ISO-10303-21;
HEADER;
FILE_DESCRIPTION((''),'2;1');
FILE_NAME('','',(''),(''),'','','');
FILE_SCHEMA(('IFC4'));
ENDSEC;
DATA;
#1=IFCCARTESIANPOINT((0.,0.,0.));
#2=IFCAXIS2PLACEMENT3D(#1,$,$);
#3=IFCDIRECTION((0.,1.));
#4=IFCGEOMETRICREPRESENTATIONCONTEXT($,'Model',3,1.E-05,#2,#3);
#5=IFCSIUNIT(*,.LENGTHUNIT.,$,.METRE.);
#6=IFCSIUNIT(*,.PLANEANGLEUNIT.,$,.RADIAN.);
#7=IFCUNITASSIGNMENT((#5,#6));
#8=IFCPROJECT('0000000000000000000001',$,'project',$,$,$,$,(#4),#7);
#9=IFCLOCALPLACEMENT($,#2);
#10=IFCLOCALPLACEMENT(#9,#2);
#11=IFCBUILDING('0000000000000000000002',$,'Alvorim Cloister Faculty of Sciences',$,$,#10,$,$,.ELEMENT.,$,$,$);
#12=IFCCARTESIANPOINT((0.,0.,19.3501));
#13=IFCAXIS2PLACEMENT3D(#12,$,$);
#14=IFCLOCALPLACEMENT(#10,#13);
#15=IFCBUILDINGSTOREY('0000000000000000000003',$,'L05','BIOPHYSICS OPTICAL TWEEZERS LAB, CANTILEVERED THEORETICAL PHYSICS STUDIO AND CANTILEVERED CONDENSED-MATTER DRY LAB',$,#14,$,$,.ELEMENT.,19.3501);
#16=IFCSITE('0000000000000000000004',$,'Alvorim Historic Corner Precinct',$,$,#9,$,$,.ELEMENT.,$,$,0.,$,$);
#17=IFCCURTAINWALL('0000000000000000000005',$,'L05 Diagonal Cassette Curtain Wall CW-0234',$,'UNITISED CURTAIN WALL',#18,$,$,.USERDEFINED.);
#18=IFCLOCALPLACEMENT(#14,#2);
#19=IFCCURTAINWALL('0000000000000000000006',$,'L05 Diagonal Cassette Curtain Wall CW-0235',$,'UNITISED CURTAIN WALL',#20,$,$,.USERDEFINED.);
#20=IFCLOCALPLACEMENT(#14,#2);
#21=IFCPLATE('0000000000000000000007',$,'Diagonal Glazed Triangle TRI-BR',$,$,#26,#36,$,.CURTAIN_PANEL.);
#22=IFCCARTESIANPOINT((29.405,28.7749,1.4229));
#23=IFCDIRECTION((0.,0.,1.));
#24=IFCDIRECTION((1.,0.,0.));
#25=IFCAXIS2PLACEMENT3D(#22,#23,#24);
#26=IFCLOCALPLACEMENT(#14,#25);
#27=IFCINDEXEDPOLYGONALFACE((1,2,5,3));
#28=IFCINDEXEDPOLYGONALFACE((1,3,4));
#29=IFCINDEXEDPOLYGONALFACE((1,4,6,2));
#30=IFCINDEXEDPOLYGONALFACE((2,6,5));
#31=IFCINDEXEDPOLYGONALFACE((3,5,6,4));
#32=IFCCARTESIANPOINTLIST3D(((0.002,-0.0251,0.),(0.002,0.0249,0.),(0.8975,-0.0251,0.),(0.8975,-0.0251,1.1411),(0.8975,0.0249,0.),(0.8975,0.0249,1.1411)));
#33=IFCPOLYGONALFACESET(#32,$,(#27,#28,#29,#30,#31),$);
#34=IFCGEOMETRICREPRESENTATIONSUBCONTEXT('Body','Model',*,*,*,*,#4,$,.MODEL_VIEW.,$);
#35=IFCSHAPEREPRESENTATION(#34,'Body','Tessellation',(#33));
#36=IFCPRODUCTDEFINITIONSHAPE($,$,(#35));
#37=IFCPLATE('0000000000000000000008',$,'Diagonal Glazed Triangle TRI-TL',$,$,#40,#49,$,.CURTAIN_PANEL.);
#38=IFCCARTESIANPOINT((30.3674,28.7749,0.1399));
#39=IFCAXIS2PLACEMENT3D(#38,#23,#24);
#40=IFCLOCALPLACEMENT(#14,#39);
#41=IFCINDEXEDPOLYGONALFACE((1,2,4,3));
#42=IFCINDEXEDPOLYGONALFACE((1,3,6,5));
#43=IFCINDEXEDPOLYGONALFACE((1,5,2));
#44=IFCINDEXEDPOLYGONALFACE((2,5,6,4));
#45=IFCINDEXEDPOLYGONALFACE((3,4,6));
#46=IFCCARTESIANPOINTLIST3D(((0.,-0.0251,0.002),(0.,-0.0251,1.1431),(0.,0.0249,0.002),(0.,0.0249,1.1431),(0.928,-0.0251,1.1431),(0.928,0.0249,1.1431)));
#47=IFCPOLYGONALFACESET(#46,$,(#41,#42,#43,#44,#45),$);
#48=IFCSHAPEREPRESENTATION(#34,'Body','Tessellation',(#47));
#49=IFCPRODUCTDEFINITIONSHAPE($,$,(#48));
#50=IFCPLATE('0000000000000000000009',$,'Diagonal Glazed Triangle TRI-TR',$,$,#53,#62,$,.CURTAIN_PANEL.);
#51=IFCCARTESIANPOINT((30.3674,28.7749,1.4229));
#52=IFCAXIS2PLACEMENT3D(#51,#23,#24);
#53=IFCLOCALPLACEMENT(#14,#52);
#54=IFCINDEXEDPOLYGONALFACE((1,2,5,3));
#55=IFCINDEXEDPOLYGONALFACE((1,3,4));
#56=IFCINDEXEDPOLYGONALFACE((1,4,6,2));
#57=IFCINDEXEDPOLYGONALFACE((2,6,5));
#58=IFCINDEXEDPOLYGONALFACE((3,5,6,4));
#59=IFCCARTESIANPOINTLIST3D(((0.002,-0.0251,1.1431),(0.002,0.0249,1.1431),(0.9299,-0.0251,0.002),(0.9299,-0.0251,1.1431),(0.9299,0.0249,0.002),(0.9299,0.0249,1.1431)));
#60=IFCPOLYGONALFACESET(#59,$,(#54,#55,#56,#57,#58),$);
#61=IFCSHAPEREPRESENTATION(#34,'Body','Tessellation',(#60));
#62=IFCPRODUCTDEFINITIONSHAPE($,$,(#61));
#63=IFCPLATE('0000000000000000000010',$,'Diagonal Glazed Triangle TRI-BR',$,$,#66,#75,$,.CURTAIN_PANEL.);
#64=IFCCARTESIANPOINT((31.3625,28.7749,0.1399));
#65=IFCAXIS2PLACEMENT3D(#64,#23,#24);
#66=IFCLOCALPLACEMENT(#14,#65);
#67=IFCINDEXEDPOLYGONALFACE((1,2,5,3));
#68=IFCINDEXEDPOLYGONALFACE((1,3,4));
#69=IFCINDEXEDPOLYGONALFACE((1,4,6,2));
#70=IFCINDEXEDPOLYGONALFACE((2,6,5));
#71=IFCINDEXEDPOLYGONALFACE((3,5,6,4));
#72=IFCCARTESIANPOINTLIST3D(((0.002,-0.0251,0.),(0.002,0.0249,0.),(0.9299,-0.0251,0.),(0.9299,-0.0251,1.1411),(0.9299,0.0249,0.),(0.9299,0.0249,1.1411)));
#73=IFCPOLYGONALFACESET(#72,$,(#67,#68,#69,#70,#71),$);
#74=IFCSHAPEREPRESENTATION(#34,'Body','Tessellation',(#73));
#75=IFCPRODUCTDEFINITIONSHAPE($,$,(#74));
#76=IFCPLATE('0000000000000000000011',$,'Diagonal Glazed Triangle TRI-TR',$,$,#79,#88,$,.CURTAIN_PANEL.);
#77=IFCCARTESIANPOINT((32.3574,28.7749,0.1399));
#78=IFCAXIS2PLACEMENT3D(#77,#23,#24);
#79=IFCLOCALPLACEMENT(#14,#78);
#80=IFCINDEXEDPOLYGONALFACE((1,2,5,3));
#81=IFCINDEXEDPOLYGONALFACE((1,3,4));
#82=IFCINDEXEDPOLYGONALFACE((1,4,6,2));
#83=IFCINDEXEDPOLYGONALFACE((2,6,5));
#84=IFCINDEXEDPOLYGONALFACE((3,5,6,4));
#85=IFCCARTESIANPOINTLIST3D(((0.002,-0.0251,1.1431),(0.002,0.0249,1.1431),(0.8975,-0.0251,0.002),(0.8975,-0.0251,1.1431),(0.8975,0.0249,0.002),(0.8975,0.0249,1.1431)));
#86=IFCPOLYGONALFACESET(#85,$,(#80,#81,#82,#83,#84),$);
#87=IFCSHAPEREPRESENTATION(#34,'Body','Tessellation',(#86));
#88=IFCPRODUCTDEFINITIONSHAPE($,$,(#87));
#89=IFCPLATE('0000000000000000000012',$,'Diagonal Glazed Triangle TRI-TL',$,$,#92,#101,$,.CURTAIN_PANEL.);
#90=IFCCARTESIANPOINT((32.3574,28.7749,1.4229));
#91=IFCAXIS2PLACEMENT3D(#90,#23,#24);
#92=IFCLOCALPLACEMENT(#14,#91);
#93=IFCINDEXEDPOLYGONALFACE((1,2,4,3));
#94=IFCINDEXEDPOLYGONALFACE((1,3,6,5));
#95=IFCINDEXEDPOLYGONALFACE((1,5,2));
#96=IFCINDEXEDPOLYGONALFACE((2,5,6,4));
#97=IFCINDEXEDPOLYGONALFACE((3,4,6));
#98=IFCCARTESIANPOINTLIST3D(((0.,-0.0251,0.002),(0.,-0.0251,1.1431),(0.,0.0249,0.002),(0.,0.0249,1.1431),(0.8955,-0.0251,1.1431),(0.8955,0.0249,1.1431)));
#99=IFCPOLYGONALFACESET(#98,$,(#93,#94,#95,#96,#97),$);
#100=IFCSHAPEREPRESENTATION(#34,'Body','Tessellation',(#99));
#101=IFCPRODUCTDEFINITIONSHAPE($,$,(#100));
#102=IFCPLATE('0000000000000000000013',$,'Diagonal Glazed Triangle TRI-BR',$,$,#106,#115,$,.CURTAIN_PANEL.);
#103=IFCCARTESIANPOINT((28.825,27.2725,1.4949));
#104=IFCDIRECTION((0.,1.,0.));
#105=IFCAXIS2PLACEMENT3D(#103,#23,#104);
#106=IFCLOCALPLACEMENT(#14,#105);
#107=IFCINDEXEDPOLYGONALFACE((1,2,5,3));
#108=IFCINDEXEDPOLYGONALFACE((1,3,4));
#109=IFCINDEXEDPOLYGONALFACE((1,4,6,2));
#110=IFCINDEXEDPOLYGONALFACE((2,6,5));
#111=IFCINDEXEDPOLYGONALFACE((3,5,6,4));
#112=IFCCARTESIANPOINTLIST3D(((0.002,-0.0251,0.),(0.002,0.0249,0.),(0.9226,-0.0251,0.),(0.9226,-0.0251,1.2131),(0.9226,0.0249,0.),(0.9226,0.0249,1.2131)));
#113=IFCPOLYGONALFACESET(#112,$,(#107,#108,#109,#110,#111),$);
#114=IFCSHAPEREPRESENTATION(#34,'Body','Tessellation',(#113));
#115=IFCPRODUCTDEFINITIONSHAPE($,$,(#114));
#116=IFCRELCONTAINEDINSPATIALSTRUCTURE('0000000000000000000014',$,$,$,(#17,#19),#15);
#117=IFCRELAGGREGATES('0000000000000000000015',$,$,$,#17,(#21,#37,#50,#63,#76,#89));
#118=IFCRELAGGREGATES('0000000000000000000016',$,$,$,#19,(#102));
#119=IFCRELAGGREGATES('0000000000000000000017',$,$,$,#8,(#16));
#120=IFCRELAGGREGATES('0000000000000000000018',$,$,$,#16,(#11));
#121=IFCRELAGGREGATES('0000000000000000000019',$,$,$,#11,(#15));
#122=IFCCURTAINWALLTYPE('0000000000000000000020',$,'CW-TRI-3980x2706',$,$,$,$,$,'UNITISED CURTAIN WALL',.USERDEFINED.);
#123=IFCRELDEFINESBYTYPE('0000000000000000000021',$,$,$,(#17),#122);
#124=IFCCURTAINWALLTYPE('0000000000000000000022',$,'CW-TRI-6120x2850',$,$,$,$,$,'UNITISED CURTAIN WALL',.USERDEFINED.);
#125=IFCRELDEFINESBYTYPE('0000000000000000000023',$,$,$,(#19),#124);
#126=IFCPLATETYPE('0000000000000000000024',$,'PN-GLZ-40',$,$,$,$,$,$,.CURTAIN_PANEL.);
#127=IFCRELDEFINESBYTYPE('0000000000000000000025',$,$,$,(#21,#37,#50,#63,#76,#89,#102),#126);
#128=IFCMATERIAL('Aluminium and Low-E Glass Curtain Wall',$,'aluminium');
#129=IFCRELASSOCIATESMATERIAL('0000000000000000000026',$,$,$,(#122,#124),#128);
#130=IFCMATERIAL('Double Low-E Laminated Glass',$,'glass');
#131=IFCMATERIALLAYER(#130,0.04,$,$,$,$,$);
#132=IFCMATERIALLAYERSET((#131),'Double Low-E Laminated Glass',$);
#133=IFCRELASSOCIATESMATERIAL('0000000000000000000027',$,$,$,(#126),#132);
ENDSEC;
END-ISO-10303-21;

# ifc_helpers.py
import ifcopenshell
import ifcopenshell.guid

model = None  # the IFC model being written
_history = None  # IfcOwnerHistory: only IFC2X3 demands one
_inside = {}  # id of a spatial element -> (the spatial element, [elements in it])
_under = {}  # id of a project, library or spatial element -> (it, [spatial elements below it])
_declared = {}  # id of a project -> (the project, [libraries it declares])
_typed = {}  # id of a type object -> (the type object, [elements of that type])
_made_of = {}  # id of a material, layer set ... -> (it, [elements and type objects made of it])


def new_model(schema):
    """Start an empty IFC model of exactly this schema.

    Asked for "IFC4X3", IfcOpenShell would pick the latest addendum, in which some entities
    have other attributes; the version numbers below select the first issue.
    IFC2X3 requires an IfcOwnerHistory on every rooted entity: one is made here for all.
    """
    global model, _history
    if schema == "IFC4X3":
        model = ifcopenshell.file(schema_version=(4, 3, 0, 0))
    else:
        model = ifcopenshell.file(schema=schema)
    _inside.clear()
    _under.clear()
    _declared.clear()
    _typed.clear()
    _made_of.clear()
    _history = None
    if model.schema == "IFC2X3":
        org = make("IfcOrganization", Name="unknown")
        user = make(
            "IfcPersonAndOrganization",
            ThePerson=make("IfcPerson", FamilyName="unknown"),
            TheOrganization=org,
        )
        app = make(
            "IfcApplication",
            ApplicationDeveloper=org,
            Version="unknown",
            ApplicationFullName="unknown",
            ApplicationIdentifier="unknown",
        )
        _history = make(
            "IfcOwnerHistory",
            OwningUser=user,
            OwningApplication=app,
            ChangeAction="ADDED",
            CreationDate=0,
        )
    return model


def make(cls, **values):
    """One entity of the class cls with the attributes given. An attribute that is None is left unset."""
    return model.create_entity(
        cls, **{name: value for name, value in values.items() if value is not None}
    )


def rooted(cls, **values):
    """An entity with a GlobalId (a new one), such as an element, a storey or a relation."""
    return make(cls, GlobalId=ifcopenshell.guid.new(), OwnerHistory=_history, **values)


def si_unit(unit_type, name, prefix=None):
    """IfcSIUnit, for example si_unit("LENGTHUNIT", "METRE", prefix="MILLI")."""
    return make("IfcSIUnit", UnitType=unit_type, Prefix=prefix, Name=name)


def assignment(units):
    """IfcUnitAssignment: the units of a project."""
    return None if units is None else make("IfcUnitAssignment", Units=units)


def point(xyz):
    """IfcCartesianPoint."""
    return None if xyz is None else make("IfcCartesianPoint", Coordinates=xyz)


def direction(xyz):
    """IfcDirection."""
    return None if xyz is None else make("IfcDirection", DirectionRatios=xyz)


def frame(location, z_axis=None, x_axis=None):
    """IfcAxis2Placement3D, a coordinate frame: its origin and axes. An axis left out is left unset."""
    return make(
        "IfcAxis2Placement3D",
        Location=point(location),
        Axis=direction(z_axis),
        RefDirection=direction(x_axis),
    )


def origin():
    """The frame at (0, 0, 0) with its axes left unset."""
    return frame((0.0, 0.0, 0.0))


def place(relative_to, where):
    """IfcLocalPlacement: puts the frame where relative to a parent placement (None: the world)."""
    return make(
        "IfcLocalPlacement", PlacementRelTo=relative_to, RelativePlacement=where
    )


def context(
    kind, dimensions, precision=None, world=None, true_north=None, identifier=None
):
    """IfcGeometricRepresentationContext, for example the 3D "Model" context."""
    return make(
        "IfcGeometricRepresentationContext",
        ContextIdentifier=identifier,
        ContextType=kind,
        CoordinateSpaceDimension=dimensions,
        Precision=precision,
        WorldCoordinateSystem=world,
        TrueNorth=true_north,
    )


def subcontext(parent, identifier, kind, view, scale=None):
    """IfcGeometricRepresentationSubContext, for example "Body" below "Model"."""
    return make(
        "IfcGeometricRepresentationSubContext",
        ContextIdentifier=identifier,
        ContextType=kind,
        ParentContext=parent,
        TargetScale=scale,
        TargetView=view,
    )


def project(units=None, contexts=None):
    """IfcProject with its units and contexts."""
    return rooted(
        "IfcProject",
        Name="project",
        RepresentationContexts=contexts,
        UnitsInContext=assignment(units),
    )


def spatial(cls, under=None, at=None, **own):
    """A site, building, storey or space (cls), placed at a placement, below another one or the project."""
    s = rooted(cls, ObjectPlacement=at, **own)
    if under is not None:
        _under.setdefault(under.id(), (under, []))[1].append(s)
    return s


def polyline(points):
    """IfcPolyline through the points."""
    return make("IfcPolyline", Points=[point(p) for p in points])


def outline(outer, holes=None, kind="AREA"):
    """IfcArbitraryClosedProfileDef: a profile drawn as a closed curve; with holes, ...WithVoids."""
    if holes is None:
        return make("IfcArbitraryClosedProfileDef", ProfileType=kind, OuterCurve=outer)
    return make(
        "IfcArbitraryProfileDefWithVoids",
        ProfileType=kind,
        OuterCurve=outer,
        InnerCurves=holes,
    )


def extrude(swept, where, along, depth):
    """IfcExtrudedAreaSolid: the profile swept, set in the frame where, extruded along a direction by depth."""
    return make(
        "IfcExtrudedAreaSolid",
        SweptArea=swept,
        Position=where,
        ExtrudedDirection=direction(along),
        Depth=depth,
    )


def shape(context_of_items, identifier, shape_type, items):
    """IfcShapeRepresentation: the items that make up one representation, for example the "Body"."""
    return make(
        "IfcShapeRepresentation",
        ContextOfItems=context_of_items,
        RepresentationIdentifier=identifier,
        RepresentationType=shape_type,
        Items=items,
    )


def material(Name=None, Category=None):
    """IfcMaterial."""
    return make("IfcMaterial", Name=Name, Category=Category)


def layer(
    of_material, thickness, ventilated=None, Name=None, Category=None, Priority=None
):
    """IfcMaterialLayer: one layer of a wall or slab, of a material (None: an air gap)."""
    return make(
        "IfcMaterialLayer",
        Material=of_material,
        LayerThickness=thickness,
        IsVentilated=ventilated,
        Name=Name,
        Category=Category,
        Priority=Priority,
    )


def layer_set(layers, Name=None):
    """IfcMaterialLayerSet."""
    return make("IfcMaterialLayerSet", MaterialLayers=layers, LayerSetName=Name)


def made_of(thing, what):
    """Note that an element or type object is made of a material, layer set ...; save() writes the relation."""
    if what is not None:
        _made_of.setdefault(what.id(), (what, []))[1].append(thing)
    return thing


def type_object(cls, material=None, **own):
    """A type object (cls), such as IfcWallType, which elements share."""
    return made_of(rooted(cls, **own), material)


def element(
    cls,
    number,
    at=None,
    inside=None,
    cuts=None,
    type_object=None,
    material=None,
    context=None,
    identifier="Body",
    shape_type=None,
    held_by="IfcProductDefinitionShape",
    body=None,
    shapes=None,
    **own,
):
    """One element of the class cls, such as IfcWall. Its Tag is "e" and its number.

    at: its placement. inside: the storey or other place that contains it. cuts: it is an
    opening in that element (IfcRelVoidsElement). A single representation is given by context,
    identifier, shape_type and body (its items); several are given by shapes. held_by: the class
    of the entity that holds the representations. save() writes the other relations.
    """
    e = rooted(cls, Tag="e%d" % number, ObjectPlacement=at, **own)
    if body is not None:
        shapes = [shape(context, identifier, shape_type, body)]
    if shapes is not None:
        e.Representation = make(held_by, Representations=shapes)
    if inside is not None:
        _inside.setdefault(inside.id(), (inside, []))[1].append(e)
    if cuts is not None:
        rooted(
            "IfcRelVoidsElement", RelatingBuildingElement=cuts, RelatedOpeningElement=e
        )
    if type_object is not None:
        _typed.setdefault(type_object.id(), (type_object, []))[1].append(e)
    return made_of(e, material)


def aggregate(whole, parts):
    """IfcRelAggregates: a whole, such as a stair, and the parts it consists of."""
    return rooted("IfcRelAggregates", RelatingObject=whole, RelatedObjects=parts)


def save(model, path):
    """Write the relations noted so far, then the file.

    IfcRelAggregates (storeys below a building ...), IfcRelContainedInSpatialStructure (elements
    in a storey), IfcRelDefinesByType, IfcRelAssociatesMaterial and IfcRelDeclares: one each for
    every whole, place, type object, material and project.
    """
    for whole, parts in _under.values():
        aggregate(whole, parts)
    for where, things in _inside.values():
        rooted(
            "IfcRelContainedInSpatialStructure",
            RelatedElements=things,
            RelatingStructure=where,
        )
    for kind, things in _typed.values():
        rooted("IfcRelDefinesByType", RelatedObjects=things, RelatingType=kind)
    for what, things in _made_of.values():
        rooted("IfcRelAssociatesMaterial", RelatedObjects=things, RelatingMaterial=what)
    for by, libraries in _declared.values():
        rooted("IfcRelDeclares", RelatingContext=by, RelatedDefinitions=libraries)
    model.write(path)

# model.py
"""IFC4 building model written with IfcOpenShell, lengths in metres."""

from ifc_helpers import new_model, si_unit, direction, frame, origin, place, context, subcontext, project, spatial, polyline, outline, extrude, material, layer, layer_set, type_object, element, aggregate, save


model = new_model("IFC4")

# Units and contexts
model_context = context("Model", 3, precision=1e-05, world=origin(), true_north=direction((0.0, 1.0)))
body_context = subcontext(model_context, "Body", "Model", "MODEL_VIEW")
ifc_project = project(units=[si_unit("LENGTHUNIT", "METRE"), si_unit("PLANEANGLEUNIT", "RADIAN")], contexts=[model_context])

# Site, building, storey
site_placement = place(None, origin())
site = spatial("IfcSite", under=ifc_project, at=site_placement, Name="Alvorim Historic Corner Precinct", CompositionType="ELEMENT", RefElevation=0.0)
building_placement = place(site_placement, origin())
building = spatial("IfcBuilding", under=site, at=building_placement, Name="Alvorim Cloister Faculty of Sciences", CompositionType="ELEMENT")
storey_placement = place(building_placement, frame((0.0, 0.0, 19.3501)))
storey = spatial("IfcBuildingStorey", under=building, at=storey_placement, Name="L05", Description="BIOPHYSICS OPTICAL TWEEZERS LAB, CANTILEVERED THEORETICAL PHYSICS STUDIO AND CANTILEVERED CONDENSED-MATTER DRY LAB", CompositionType="ELEMENT", Elevation=19.3501)

# Curtain walls
ifc_material_1 = material(Name="Aluminium and Low-E Glass Curtain Wall", Category="aluminium")
curtain_wall_type_1 = type_object("IfcCurtainWallType", Name="CW-TRI-3980x2706", ElementType="UNITISED CURTAIN WALL", PredefinedType="USERDEFINED", material=ifc_material_1)
curtain_wall_1_placement = place(storey_placement, origin())
curtain_wall_1 = element("IfcCurtainWall", 1, at=curtain_wall_1_placement, inside=storey, type_object=curtain_wall_type_1, Name="L05 Diagonal Cassette Curtain Wall CW-0234", ObjectType="UNITISED CURTAIN WALL", PredefinedType="USERDEFINED")
curtain_wall_type_2 = type_object("IfcCurtainWallType", Name="CW-TRI-6120x2850", ElementType="UNITISED CURTAIN WALL", PredefinedType="USERDEFINED", material=ifc_material_1)
curtain_wall_2_placement = place(storey_placement, origin())
curtain_wall_2 = element("IfcCurtainWall", 2, at=curtain_wall_2_placement, inside=storey, type_object=curtain_wall_type_2, Name="L05 Diagonal Cassette Curtain Wall CW-0235", ObjectType="UNITISED CURTAIN WALL", PredefinedType="USERDEFINED")

# Plates
ifc_material_2 = material(Name="Double Low-E Laminated Glass", Category="glass")
ifc_layer_1 = layer(ifc_material_2, 0.04)
ifc_layer_set_1 = layer_set([ifc_layer_1], Name="Double Low-E Laminated Glass")
plate_type = type_object("IfcPlateType", Name="PN-GLZ-40", PredefinedType="CURTAIN_PANEL", material=ifc_layer_set_1)
plate_1_placement = place(storey_placement, frame((29.405, 28.7749, 1.4229), z_axis=(0.0, 0.0, 1.0), x_axis=(1.0, 0.0, 0.0)))
plate_1 = element("IfcPlate", 3, at=plate_1_placement, type_object=plate_type, Name="Diagonal Glazed Triangle TRI-BR", PredefinedType="CURTAIN_PANEL", context=body_context, shape_type="SweptSolid", body=[
    extrude(outline(polyline([(0.002, 0.0), (0.8975, 0.0), (0.8975, 1.1411), (0.002, 0.0)])), frame((0.0, 0.0249, 0.0), z_axis=(0.0, -1.0, 0.0), x_axis=(1.0, 0.0, 0.0)), (0.0, 0.0, 1.0), 0.05),
])
plate_2_placement = place(storey_placement, frame((30.3674, 28.7749, 0.1399), z_axis=(0.0, 0.0, 1.0), x_axis=(1.0, 0.0, 0.0)))
plate_2 = element("IfcPlate", 4, at=plate_2_placement, type_object=plate_type, Name="Diagonal Glazed Triangle TRI-TL", PredefinedType="CURTAIN_PANEL", context=body_context, shape_type="SweptSolid", body=[
    extrude(outline(polyline([(0.928, 1.1431), (0.0, 1.1431), (0.0, 0.002), (0.928, 1.1431)])), frame((0.0, 0.0249, 0.0), z_axis=(0.0, -1.0, 0.0), x_axis=(1.0, 0.0, 0.0)), (0.0, 0.0, 1.0), 0.05),
])
plate_3_placement = place(storey_placement, frame((30.3674, 28.7749, 1.4229), z_axis=(0.0, 0.0, 1.0), x_axis=(1.0, 0.0, 0.0)))
plate_3 = element("IfcPlate", 5, at=plate_3_placement, type_object=plate_type, Name="Diagonal Glazed Triangle TRI-TR", PredefinedType="CURTAIN_PANEL", context=body_context, shape_type="SweptSolid", body=[
    extrude(outline(polyline([(0.9299, 0.002), (0.9299, 1.1431), (0.002, 1.1431), (0.9299, 0.002)])), frame((0.0, 0.0249, 0.0), z_axis=(0.0, -1.0, 0.0), x_axis=(1.0, 0.0, 0.0)), (0.0, 0.0, 1.0), 0.05),
])
plate_4_placement = place(storey_placement, frame((31.3625, 28.7749, 0.1399), z_axis=(0.0, 0.0, 1.0), x_axis=(1.0, 0.0, 0.0)))
plate_4 = element("IfcPlate", 6, at=plate_4_placement, type_object=plate_type, Name="Diagonal Glazed Triangle TRI-BR", PredefinedType="CURTAIN_PANEL", context=body_context, shape_type="SweptSolid", body=[
    extrude(outline(polyline([(0.002, 0.0), (0.9299, 0.0), (0.9299, 1.1411), (0.002, 0.0)])), frame((0.0, 0.0249, 0.0), z_axis=(0.0, -1.0, 0.0), x_axis=(1.0, 0.0, 0.0)), (0.0, 0.0, 1.0), 0.05),
])
plate_5_placement = place(storey_placement, frame((32.3574, 28.7749, 0.1399), z_axis=(0.0, 0.0, 1.0), x_axis=(1.0, 0.0, 0.0)))
plate_5 = element("IfcPlate", 7, at=plate_5_placement, type_object=plate_type, Name="Diagonal Glazed Triangle TRI-TR", PredefinedType="CURTAIN_PANEL", context=body_context, shape_type="SweptSolid", body=[
    extrude(outline(polyline([(0.8975, 0.002), (0.8975, 1.1431), (0.002, 1.1431), (0.8975, 0.002)])), frame((0.0, 0.0249, 0.0), z_axis=(0.0, -1.0, 0.0), x_axis=(1.0, 0.0, 0.0)), (0.0, 0.0, 1.0), 0.05),
])
plate_6_placement = place(storey_placement, frame((32.3574, 28.7749, 1.4229), z_axis=(0.0, 0.0, 1.0), x_axis=(1.0, 0.0, 0.0)))
plate_6 = element("IfcPlate", 8, at=plate_6_placement, type_object=plate_type, Name="Diagonal Glazed Triangle TRI-TL", PredefinedType="CURTAIN_PANEL", context=body_context, shape_type="SweptSolid", body=[
    extrude(outline(polyline([(0.8955, 1.1431), (0.0, 1.1431), (0.0, 0.002), (0.8955, 1.1431)])), frame((0.0, 0.0249, 0.0), z_axis=(0.0, -1.0, 0.0), x_axis=(1.0, 0.0, 0.0)), (0.0, 0.0, 1.0), 0.05),
])
aggregate(curtain_wall_1, [plate_1, plate_2, plate_3, plate_4, plate_5, plate_6])
plate_7_placement = place(storey_placement, frame((28.825, 27.2725, 1.4949), z_axis=(0.0, 0.0, 1.0), x_axis=(0.0, 1.0, 0.0)))
plate_7 = element("IfcPlate", 9, at=plate_7_placement, type_object=plate_type, Name="Diagonal Glazed Triangle TRI-BR", PredefinedType="CURTAIN_PANEL", context=body_context, shape_type="SweptSolid", body=[
    extrude(outline(polyline([(0.002, 0.0), (0.9226, 0.0), (0.9226, 1.2131), (0.002, 0.0)])), frame((0.0, 0.0249, 0.0), z_axis=(0.0, -1.0, 0.0), x_axis=(1.0, 0.0, 0.0)), (0.0, 0.0, 1.0), 0.05),
])
aggregate(curtain_wall_2, [plate_7])

save(model, "model.ifc")
